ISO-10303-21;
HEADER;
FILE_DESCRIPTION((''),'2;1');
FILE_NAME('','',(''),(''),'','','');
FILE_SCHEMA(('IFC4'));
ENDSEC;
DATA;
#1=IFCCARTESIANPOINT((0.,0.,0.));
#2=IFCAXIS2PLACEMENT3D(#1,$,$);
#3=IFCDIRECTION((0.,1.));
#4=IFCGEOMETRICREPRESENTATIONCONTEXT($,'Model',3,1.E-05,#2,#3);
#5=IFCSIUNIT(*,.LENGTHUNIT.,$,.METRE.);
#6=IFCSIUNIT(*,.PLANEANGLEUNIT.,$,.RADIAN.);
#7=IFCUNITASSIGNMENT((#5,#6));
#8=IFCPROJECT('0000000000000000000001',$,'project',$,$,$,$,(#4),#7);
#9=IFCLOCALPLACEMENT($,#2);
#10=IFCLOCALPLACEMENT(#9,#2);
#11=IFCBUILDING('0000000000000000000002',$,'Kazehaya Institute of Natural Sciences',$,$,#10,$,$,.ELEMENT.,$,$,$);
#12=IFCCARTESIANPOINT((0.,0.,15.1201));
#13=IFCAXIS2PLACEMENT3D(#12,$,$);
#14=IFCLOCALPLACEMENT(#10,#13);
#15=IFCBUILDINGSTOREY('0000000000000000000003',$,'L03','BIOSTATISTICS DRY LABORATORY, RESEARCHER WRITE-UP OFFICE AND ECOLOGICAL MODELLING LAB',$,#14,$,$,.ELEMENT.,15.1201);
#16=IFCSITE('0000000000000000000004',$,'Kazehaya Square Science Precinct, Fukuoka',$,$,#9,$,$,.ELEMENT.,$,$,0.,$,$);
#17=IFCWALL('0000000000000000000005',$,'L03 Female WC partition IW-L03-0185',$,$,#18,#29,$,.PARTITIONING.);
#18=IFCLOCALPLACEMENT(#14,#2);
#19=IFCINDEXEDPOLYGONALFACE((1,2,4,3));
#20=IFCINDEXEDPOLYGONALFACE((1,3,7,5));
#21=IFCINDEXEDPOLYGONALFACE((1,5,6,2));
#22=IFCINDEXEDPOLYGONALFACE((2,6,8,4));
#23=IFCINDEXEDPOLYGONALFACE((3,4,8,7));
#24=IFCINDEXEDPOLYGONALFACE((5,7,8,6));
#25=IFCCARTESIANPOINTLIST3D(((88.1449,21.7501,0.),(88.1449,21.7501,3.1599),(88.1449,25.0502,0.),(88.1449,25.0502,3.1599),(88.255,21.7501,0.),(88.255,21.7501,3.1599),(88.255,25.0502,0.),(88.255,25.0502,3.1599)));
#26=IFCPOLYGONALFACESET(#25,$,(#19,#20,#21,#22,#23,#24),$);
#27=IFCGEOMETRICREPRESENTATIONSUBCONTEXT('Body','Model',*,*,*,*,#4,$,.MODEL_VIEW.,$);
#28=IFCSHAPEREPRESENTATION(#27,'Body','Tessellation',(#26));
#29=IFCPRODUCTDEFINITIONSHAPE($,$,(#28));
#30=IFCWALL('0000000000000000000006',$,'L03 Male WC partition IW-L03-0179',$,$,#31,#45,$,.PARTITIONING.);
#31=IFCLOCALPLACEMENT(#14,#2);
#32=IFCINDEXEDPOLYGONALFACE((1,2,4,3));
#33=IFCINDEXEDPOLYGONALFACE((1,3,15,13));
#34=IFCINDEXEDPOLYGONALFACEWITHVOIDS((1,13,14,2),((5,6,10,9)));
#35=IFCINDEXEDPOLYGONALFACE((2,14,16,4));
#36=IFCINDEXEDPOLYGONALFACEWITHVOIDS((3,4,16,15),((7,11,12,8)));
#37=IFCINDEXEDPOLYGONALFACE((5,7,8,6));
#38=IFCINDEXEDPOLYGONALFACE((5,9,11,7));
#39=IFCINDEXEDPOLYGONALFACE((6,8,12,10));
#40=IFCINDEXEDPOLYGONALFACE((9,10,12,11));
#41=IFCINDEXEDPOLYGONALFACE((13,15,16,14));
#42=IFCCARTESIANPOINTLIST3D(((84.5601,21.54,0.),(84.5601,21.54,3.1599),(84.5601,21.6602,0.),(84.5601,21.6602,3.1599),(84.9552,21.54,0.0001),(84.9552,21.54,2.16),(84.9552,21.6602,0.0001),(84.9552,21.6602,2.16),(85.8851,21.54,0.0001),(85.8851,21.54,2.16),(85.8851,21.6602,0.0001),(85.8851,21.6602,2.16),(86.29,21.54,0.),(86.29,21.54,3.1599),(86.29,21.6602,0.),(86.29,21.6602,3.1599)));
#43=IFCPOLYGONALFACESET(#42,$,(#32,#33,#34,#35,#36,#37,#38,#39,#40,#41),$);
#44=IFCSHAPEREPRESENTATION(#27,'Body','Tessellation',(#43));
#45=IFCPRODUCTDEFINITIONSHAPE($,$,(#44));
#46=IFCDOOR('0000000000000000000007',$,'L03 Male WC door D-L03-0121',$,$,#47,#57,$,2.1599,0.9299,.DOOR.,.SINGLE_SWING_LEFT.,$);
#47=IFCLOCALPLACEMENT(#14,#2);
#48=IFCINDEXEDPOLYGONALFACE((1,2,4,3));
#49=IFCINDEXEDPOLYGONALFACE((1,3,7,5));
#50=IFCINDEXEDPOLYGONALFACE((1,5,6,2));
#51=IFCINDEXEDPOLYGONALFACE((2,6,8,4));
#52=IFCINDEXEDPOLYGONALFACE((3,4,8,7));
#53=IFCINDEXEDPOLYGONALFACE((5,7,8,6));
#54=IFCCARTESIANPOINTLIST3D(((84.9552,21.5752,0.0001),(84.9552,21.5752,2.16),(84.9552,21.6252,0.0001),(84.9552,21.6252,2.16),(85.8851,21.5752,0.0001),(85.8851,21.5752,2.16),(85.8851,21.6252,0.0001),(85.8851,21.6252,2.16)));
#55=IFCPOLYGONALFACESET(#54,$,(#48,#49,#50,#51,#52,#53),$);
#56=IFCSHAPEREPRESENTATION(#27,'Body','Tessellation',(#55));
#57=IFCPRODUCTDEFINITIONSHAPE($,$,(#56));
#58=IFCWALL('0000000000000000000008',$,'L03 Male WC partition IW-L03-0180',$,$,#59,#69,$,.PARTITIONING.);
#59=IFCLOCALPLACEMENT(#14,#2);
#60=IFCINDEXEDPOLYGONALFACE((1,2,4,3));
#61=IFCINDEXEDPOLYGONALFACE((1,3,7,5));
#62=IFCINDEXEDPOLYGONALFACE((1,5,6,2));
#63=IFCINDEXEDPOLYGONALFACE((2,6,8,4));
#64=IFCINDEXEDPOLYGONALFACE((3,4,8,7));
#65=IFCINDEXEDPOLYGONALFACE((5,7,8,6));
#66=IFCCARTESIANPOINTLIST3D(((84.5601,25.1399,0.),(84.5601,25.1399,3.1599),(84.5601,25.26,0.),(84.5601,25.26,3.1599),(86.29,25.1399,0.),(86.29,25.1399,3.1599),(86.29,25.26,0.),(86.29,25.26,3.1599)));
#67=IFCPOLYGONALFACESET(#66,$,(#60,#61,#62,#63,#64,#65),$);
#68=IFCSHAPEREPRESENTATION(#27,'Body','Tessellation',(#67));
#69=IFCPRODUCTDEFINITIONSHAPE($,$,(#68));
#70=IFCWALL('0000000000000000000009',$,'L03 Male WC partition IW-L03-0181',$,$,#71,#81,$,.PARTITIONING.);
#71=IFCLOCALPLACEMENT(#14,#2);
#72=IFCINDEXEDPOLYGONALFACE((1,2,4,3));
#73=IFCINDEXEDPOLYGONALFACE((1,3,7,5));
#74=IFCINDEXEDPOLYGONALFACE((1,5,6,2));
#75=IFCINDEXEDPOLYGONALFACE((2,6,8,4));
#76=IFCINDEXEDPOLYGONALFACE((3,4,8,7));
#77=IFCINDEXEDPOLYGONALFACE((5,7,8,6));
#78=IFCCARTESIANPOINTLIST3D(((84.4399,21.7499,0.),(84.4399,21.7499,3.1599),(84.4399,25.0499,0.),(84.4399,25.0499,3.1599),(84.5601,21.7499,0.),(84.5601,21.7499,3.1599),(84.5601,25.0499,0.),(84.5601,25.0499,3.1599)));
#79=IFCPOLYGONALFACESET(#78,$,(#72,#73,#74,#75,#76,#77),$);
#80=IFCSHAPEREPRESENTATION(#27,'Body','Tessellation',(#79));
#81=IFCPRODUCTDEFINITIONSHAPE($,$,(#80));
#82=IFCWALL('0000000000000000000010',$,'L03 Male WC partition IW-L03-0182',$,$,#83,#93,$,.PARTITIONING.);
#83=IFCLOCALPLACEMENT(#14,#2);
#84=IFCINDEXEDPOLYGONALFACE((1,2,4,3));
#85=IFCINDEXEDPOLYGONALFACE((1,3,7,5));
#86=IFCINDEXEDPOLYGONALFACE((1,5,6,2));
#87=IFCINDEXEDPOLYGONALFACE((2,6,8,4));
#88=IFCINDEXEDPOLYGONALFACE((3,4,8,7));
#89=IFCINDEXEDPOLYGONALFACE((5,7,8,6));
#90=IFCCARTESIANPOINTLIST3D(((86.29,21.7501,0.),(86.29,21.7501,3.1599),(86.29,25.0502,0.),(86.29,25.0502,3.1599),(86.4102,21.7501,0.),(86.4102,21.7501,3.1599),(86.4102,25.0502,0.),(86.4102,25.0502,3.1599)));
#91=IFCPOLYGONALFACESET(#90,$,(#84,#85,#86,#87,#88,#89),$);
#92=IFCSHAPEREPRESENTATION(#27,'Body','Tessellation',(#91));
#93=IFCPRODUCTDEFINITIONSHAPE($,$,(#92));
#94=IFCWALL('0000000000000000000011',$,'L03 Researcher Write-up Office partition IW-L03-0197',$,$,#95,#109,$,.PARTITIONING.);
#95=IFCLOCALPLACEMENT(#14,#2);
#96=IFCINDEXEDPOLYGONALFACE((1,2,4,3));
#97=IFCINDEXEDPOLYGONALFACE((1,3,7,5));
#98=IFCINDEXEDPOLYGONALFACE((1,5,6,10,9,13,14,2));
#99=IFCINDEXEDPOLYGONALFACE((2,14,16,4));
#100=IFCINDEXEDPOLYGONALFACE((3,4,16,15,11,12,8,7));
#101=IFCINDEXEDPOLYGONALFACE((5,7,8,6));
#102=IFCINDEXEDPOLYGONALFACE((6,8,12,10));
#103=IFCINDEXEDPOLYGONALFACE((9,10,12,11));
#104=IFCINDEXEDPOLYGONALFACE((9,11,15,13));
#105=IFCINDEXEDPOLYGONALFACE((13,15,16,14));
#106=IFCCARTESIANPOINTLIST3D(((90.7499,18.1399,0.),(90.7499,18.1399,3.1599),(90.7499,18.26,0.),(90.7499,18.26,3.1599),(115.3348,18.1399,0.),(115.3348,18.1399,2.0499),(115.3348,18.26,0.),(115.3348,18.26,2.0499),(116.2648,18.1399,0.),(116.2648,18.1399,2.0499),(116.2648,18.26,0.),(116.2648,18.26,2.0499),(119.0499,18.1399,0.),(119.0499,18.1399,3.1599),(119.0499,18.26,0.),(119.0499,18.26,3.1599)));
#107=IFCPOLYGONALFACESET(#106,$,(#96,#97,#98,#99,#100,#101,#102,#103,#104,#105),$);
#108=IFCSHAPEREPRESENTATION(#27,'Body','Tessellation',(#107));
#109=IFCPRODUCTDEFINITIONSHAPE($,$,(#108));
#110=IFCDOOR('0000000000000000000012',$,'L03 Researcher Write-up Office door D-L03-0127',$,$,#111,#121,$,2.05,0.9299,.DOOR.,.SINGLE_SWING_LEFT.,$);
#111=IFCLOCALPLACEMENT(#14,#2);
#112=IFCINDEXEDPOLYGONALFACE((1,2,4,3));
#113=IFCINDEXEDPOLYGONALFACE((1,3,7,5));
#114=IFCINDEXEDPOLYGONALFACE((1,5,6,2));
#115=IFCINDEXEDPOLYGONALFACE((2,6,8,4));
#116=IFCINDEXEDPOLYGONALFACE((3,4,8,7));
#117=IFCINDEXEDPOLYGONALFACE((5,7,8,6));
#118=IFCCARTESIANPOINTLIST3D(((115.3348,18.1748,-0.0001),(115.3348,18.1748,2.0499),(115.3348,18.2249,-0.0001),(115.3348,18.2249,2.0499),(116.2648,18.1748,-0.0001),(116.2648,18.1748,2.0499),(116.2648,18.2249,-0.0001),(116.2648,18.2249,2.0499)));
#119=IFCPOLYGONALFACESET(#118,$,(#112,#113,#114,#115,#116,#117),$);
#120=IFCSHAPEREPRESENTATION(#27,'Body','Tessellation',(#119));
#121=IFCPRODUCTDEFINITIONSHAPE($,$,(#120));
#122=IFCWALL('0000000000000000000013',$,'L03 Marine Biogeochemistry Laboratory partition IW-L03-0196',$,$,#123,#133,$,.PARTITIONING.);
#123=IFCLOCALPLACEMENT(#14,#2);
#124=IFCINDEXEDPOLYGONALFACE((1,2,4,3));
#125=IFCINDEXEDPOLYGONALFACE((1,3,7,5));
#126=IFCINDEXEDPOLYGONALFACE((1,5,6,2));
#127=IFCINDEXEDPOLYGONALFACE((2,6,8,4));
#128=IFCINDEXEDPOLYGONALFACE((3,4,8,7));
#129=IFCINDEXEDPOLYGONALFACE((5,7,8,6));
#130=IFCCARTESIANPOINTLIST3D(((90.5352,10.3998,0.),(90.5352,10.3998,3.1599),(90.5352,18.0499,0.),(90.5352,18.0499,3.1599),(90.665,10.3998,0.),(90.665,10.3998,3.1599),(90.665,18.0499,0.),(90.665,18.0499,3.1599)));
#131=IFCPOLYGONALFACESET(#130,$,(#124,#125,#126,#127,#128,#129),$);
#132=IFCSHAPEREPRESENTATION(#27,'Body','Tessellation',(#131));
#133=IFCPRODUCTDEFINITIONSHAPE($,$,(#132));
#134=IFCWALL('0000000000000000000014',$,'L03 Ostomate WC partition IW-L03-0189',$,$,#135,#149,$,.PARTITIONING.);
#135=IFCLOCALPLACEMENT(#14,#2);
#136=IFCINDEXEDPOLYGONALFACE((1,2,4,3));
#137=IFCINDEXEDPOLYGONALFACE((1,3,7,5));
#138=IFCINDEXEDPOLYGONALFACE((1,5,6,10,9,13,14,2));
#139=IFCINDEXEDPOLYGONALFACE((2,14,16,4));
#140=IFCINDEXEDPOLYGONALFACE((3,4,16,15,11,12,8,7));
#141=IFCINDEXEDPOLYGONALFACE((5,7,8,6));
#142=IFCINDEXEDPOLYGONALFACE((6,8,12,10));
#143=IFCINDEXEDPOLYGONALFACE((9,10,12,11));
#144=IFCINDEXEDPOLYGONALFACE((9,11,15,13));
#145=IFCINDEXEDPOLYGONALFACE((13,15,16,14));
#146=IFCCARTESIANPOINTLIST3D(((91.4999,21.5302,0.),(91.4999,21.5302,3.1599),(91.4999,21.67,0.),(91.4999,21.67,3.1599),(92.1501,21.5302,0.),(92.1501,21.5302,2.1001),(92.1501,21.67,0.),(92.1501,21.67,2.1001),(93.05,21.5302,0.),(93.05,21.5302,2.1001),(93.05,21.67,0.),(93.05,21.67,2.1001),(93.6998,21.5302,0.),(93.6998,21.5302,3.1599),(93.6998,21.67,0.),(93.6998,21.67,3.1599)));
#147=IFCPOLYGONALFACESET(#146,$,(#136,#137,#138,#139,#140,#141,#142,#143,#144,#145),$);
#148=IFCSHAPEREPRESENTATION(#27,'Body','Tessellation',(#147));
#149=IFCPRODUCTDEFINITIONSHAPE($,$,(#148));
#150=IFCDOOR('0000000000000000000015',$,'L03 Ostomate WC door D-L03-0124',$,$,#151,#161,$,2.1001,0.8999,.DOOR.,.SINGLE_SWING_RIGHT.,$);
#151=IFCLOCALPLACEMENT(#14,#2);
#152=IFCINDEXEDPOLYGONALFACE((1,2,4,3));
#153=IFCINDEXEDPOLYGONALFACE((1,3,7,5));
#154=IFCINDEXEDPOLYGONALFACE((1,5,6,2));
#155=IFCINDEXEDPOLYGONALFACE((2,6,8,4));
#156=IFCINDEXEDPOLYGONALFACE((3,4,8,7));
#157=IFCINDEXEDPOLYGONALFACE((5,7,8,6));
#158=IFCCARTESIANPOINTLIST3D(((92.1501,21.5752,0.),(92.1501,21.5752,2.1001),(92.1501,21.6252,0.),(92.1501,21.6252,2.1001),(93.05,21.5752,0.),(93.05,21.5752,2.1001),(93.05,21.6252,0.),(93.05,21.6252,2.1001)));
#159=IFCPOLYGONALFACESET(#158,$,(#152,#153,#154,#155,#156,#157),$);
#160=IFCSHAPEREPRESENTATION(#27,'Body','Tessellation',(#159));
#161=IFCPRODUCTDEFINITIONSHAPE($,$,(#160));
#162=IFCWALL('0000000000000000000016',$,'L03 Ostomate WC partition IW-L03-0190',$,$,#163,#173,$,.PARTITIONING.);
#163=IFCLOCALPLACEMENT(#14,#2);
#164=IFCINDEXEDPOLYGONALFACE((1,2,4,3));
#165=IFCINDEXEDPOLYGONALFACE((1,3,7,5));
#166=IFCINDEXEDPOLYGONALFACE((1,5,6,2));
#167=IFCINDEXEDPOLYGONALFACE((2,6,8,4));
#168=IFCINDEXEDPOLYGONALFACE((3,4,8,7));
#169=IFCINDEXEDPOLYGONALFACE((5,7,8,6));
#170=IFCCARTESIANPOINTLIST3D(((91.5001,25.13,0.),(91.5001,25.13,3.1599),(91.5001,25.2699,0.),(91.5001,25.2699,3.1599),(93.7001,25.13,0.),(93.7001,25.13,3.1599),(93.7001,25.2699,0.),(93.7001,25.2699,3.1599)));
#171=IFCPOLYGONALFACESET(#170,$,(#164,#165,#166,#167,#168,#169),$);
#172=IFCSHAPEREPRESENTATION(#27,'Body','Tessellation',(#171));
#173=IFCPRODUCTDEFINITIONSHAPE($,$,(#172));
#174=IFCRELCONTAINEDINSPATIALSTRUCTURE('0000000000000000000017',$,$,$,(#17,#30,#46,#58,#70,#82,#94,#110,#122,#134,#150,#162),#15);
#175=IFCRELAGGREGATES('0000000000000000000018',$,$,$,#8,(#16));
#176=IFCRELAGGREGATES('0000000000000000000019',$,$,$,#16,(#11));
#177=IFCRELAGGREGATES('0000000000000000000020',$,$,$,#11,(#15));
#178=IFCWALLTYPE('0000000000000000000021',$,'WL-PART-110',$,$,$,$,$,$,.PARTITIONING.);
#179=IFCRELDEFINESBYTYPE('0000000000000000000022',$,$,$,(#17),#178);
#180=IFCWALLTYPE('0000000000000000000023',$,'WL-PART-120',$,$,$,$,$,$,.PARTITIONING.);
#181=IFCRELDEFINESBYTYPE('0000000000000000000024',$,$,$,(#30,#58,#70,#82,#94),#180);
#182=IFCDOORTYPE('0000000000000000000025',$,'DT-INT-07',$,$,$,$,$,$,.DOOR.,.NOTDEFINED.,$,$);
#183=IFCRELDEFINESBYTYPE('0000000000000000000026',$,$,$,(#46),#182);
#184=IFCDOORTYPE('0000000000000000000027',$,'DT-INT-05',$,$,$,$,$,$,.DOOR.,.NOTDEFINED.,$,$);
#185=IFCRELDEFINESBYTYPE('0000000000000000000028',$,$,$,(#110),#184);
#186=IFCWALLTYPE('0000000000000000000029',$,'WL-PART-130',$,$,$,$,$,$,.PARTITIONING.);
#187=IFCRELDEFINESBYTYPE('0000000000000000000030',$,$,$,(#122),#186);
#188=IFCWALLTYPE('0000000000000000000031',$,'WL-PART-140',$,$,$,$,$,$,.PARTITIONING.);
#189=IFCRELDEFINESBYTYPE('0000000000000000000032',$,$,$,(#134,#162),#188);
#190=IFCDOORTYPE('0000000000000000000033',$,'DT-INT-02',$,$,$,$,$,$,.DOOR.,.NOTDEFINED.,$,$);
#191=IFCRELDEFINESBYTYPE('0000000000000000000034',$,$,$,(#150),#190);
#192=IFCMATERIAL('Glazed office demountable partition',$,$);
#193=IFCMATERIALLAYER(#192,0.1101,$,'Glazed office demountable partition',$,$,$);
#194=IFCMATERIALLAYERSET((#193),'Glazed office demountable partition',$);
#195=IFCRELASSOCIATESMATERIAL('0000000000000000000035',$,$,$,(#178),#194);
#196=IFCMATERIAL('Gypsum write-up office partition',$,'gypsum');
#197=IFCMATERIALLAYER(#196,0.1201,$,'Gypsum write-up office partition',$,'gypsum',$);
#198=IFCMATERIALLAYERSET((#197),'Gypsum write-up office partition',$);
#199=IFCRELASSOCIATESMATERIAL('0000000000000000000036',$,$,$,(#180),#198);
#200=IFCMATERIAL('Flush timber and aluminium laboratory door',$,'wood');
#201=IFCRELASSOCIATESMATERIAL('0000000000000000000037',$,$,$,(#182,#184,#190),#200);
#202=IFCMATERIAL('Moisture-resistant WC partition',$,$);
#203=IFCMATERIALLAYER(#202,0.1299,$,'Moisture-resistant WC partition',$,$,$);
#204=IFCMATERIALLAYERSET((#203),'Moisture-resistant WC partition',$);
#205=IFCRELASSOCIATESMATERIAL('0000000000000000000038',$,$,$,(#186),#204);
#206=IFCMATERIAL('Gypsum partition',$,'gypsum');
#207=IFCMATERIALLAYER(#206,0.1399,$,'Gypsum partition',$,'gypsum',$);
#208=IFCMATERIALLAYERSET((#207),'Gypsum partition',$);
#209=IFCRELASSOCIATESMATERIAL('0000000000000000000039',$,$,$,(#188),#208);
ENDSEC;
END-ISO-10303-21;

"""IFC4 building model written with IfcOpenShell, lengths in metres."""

from ifc_helpers import new_model, si_unit, direction, frame, frame_2d, origin, place, context, subcontext, project, spatial, rectangle, extrude, material, layer, layer_set, type_object, element, fill, save


model = new_model("IFC4")

# Units and contexts
model_context = context("Model", 3, precision=1e-05, world=origin(), true_north=direction((0.0, 1.0)))
body_context = subcontext(model_context, "Body", "Model", "MODEL_VIEW")
ifc_project = project(units=[si_unit("LENGTHUNIT", "METRE"), si_unit("PLANEANGLEUNIT", "RADIAN")], contexts=[model_context])

# Site, building, storey
site_placement = place(None, origin())
site = spatial("IfcSite", under=ifc_project, at=site_placement, Name="Kazehaya Square Science Precinct, Fukuoka", CompositionType="ELEMENT", RefElevation=0.0)
building_placement = place(site_placement, origin())
building = spatial("IfcBuilding", under=site, at=building_placement, Name="Kazehaya Institute of Natural Sciences", CompositionType="ELEMENT")
storey_placement = place(building_placement, frame((0.0, 0.0, 15.1201)))
storey = spatial("IfcBuildingStorey", under=building, at=storey_placement, Name="L03", Description="BIOSTATISTICS DRY LABORATORY, RESEARCHER WRITE-UP OFFICE AND ECOLOGICAL MODELLING LAB", CompositionType="ELEMENT", Elevation=15.1201)

# Shared definitions
ifc_material_1 = material(Name="Flush timber and aluminium laboratory door", Category="wood")

# Shared definitions
ifc_material_2 = material(Name="Glazed office demountable partition")
ifc_layer_1 = layer(ifc_material_2, 0.1101, Name="Glazed office demountable partition")
ifc_layer_set_1 = layer_set([ifc_layer_1], Name="Glazed office demountable partition")
wall_type_1 = type_object("IfcWallType", Name="WL-PART-110", PredefinedType="PARTITIONING", material=ifc_layer_set_1)

# Wall
wall_1_placement = place(storey_placement, frame((88.2, 25.05, 0.0), z_axis=(0.0, 0.0, 1.0), x_axis=(0.0, -1.0, 0.0)))
element("IfcWall", 1, at=wall_1_placement, inside=storey, type_object=wall_type_1, Name="L03 Female WC partition IW-L03-0185", PredefinedType="PARTITIONING", context=body_context, shape_type="SweptSolid", body=[
    extrude(rectangle(XDim=3.3, YDim=0.1101, at=frame_2d((1.6499, 0.0))), origin(), (0.0, 0.0, 1.0), 3.1599),
])

# Wall, opening, door
ifc_material_3 = material(Name="Gypsum write-up office partition", Category="gypsum")
ifc_layer_2 = layer(ifc_material_3, 0.1201, Name="Gypsum write-up office partition", Category="gypsum")
ifc_layer_set_2 = layer_set([ifc_layer_2], Name="Gypsum write-up office partition")
wall_type_2 = type_object("IfcWallType", Name="WL-PART-120", PredefinedType="PARTITIONING", material=ifc_layer_set_2)
wall_2_placement = place(storey_placement, frame((86.29, 21.6001, 0.0), z_axis=(0.0, 0.0, 1.0), x_axis=(-1.0, 0.0, 0.0)))
wall_2 = element("IfcWall", 2, at=wall_2_placement, inside=storey, type_object=wall_type_2, Name="L03 Male WC partition IW-L03-0179", PredefinedType="PARTITIONING", context=body_context, shape_type="SweptSolid", body=[
    extrude(rectangle(XDim=1.73, YDim=0.1201, at=frame_2d((0.865, 0.0))), origin(), (0.0, 0.0, 1.0), 3.1599),
])
opening_1_placement = place(wall_2_placement, frame((0.405, 0.0, 0.0)))
opening_1 = element("IfcOpeningElement", 3, at=opening_1_placement, cuts=wall_2, PredefinedType="OPENING", context=body_context, shape_type="SweptSolid", body=[
    extrude(rectangle(XDim=0.9299, YDim=2.1599, at=frame_2d((0.4648, 1.0801))), frame((0.0, 0.0701, 0.0), z_axis=(0.0, -1.0, 0.0), x_axis=(1.0, 0.0, 0.0)), (0.0, 0.0, 1.0), 0.1401),
])
door_type_1 = type_object("IfcDoorType", Name="DT-INT-07", OperationType="NOTDEFINED", PredefinedType="DOOR", material=ifc_material_1)
door_1_placement = place(opening_1_placement, origin())
door_1 = element("IfcDoor", 4, at=door_1_placement, inside=storey, type_object=door_type_1, Name="L03 Male WC door D-L03-0121", OperationType="SINGLE_SWING_LEFT", OverallHeight=2.1599, OverallWidth=0.9299, PredefinedType="DOOR", context=body_context, shape_type="SweptSolid", body=[
    extrude(rectangle(XDim=0.9299, YDim=2.1599, at=frame_2d((0.4648, 1.0801))), frame((0.0, 0.0249, 0.0), z_axis=(0.0, -1.0, 0.0), x_axis=(1.0, 0.0, 0.0)), (0.0, 0.0, 1.0), 0.05),
])
fill(opening_1, door_1)

# Walls
wall_3_placement = place(storey_placement, frame((84.5601, 25.2, 0.0), z_axis=(0.0, 0.0, 1.0), x_axis=(1.0, 0.0, 0.0)))
element("IfcWall", 5, at=wall_3_placement, inside=storey, type_object=wall_type_2, Name="L03 Male WC partition IW-L03-0180", PredefinedType="PARTITIONING", context=body_context, shape_type="SweptSolid", body=[
    extrude(rectangle(XDim=1.73, YDim=0.1201, at=frame_2d((0.865, 0.0))), origin(), (0.0, 0.0, 1.0), 3.1599),
])
for number, where, z_axis, x_axis, name in (
    (6, (84.5, 21.75, 0.0), (0.0, 0.0, 1.0), (0.0, 1.0, 0.0), "L03 Male WC partition IW-L03-0181"),
    (7, (86.3501, 25.05, 0.0), (0.0, 0.0, 1.0), (0.0, -1.0, 0.0), "L03 Male WC partition IW-L03-0182"),
):
    element("IfcWall", number, at=place(storey_placement, frame(where, z_axis=z_axis, x_axis=x_axis)), inside=storey, type_object=wall_type_2, Name=name, PredefinedType="PARTITIONING", context=body_context, shape_type="SweptSolid", body=[
        extrude(rectangle(XDim=3.3, YDim=0.1201, at=frame_2d((1.6499, 0.0))), origin(), (0.0, 0.0, 1.0), 3.1599),
    ])

# Wall, opening, door
wall_4_placement = place(storey_placement, frame((90.75, 18.2, 0.0), z_axis=(0.0, 0.0, 1.0), x_axis=(1.0, 0.0, 0.0)))
wall_4 = element("IfcWall", 8, at=wall_4_placement, inside=storey, type_object=wall_type_2, Name="L03 Researcher Write-up Office partition IW-L03-0197", PredefinedType="PARTITIONING", context=body_context, shape_type="SweptSolid", body=[
    extrude(rectangle(XDim=28.3, YDim=0.1201, at=frame_2d((14.1499, 0.0))), origin(), (0.0, 0.0, 1.0), 3.1599),
])
opening_2_placement = place(wall_4_placement, frame((24.585, 0.0, 0.0)))
opening_2 = element("IfcOpeningElement", 9, at=opening_2_placement, cuts=wall_4, PredefinedType="OPENING", context=body_context, shape_type="SweptSolid", body=[
    extrude(rectangle(XDim=0.9299, YDim=2.05, at=frame_2d((0.4648, 1.0249))), frame((0.0, 0.0701, 0.0), z_axis=(0.0, -1.0, 0.0), x_axis=(1.0, 0.0, 0.0)), (0.0, 0.0, 1.0), 0.1401),
])
door_type_2 = type_object("IfcDoorType", Name="DT-INT-05", OperationType="NOTDEFINED", PredefinedType="DOOR", material=ifc_material_1)
door_2_placement = place(opening_2_placement, origin())
door_2 = element("IfcDoor", 10, at=door_2_placement, inside=storey, type_object=door_type_2, Name="L03 Researcher Write-up Office door D-L03-0127", OperationType="SINGLE_SWING_LEFT", OverallHeight=2.05, OverallWidth=0.9299, PredefinedType="DOOR", context=body_context, shape_type="SweptSolid", body=[
    extrude(rectangle(XDim=0.9299, YDim=2.05, at=frame_2d((0.4648, 1.0249))), frame((0.0, 0.0249, 0.0), z_axis=(0.0, -1.0, 0.0), x_axis=(1.0, 0.0, 0.0)), (0.0, 0.0, 1.0), 0.05),
])
fill(opening_2, door_2)

# Wall
ifc_material_4 = material(Name="Moisture-resistant WC partition")
ifc_layer_3 = layer(ifc_material_4, 0.1299, Name="Moisture-resistant WC partition")
ifc_layer_set_3 = layer_set([ifc_layer_3], Name="Moisture-resistant WC partition")
wall_type_3 = type_object("IfcWallType", Name="WL-PART-130", PredefinedType="PARTITIONING", material=ifc_layer_set_3)
wall_5_placement = place(storey_placement, frame((90.6001, 18.05, 0.0), z_axis=(0.0, 0.0, 1.0), x_axis=(0.0, -1.0, 0.0)))
element("IfcWall", 11, at=wall_5_placement, inside=storey, type_object=wall_type_3, Name="L03 Marine Biogeochemistry Laboratory partition IW-L03-0196", PredefinedType="PARTITIONING", context=body_context, shape_type="SweptSolid", body=[
    extrude(rectangle(XDim=7.6501, YDim=0.1299, at=frame_2d((3.8252, 0.0))), origin(), (0.0, 0.0, 1.0), 3.1599),
])

# Wall, opening, door
ifc_material_5 = material(Name="Gypsum partition", Category="gypsum")
ifc_layer_4 = layer(ifc_material_5, 0.1399, Name="Gypsum partition", Category="gypsum")
ifc_layer_set_4 = layer_set([ifc_layer_4], Name="Gypsum partition")
wall_type_4 = type_object("IfcWallType", Name="WL-PART-140", PredefinedType="PARTITIONING", material=ifc_layer_set_4)
wall_6_placement = place(storey_placement, frame((93.7, 21.6001, 0.0), z_axis=(0.0, 0.0, 1.0), x_axis=(-1.0, 0.0, 0.0)))
wall_6 = element("IfcWall", 12, at=wall_6_placement, inside=storey, type_object=wall_type_4, Name="L03 Ostomate WC partition IW-L03-0189", PredefinedType="PARTITIONING", context=body_context, shape_type="SweptSolid", body=[
    extrude(rectangle(XDim=2.2, YDim=0.1399, at=frame_2d((1.1001, 0.0))), origin(), (0.0, 0.0, 1.0), 3.1599),
])
opening_3_placement = place(wall_6_placement, frame((0.6499, 0.0, 0.0)))
opening_3 = element("IfcOpeningElement", 13, at=opening_3_placement, cuts=wall_6, PredefinedType="OPENING", context=body_context, shape_type="SweptSolid", body=[
    extrude(rectangle(XDim=0.8999, YDim=2.1001, at=frame_2d((0.45, 1.05))), frame((0.0, 0.0798, 0.0), z_axis=(0.0, -1.0, 0.0), x_axis=(1.0, 0.0, 0.0)), (0.0, 0.0, 1.0), 0.1599),
])
door_type_3 = type_object("IfcDoorType", Name="DT-INT-02", OperationType="NOTDEFINED", PredefinedType="DOOR", material=ifc_material_1)
door_3_placement = place(opening_3_placement, origin())
door_3 = element("IfcDoor", 14, at=door_3_placement, inside=storey, type_object=door_type_3, Name="L03 Ostomate WC door D-L03-0124", OperationType="SINGLE_SWING_RIGHT", OverallHeight=2.1001, OverallWidth=0.8999, PredefinedType="DOOR", context=body_context, shape_type="SweptSolid", body=[
    extrude(rectangle(XDim=0.8999, YDim=2.1001, at=frame_2d((0.45, 1.05))), frame((0.0, 0.0249, 0.0), z_axis=(0.0, -1.0, 0.0), x_axis=(1.0, 0.0, 0.0)), (0.0, 0.0, 1.0), 0.05),
])
fill(opening_3, door_3)

# Wall
wall_7_placement = place(storey_placement, frame((91.5, 25.2, 0.0), z_axis=(0.0, 0.0, 1.0), x_axis=(1.0, 0.0, 0.0)))
element("IfcWall", 15, at=wall_7_placement, inside=storey, type_object=wall_type_4, Name="L03 Ostomate WC partition IW-L03-0190", PredefinedType="PARTITIONING", context=body_context, shape_type="SweptSolid", body=[
    extrude(rectangle(XDim=2.2, YDim=0.1399, at=frame_2d((1.1001, 0.0))), origin(), (0.0, 0.0, 1.0), 3.1599),
])

save(model, "model.ifc")
